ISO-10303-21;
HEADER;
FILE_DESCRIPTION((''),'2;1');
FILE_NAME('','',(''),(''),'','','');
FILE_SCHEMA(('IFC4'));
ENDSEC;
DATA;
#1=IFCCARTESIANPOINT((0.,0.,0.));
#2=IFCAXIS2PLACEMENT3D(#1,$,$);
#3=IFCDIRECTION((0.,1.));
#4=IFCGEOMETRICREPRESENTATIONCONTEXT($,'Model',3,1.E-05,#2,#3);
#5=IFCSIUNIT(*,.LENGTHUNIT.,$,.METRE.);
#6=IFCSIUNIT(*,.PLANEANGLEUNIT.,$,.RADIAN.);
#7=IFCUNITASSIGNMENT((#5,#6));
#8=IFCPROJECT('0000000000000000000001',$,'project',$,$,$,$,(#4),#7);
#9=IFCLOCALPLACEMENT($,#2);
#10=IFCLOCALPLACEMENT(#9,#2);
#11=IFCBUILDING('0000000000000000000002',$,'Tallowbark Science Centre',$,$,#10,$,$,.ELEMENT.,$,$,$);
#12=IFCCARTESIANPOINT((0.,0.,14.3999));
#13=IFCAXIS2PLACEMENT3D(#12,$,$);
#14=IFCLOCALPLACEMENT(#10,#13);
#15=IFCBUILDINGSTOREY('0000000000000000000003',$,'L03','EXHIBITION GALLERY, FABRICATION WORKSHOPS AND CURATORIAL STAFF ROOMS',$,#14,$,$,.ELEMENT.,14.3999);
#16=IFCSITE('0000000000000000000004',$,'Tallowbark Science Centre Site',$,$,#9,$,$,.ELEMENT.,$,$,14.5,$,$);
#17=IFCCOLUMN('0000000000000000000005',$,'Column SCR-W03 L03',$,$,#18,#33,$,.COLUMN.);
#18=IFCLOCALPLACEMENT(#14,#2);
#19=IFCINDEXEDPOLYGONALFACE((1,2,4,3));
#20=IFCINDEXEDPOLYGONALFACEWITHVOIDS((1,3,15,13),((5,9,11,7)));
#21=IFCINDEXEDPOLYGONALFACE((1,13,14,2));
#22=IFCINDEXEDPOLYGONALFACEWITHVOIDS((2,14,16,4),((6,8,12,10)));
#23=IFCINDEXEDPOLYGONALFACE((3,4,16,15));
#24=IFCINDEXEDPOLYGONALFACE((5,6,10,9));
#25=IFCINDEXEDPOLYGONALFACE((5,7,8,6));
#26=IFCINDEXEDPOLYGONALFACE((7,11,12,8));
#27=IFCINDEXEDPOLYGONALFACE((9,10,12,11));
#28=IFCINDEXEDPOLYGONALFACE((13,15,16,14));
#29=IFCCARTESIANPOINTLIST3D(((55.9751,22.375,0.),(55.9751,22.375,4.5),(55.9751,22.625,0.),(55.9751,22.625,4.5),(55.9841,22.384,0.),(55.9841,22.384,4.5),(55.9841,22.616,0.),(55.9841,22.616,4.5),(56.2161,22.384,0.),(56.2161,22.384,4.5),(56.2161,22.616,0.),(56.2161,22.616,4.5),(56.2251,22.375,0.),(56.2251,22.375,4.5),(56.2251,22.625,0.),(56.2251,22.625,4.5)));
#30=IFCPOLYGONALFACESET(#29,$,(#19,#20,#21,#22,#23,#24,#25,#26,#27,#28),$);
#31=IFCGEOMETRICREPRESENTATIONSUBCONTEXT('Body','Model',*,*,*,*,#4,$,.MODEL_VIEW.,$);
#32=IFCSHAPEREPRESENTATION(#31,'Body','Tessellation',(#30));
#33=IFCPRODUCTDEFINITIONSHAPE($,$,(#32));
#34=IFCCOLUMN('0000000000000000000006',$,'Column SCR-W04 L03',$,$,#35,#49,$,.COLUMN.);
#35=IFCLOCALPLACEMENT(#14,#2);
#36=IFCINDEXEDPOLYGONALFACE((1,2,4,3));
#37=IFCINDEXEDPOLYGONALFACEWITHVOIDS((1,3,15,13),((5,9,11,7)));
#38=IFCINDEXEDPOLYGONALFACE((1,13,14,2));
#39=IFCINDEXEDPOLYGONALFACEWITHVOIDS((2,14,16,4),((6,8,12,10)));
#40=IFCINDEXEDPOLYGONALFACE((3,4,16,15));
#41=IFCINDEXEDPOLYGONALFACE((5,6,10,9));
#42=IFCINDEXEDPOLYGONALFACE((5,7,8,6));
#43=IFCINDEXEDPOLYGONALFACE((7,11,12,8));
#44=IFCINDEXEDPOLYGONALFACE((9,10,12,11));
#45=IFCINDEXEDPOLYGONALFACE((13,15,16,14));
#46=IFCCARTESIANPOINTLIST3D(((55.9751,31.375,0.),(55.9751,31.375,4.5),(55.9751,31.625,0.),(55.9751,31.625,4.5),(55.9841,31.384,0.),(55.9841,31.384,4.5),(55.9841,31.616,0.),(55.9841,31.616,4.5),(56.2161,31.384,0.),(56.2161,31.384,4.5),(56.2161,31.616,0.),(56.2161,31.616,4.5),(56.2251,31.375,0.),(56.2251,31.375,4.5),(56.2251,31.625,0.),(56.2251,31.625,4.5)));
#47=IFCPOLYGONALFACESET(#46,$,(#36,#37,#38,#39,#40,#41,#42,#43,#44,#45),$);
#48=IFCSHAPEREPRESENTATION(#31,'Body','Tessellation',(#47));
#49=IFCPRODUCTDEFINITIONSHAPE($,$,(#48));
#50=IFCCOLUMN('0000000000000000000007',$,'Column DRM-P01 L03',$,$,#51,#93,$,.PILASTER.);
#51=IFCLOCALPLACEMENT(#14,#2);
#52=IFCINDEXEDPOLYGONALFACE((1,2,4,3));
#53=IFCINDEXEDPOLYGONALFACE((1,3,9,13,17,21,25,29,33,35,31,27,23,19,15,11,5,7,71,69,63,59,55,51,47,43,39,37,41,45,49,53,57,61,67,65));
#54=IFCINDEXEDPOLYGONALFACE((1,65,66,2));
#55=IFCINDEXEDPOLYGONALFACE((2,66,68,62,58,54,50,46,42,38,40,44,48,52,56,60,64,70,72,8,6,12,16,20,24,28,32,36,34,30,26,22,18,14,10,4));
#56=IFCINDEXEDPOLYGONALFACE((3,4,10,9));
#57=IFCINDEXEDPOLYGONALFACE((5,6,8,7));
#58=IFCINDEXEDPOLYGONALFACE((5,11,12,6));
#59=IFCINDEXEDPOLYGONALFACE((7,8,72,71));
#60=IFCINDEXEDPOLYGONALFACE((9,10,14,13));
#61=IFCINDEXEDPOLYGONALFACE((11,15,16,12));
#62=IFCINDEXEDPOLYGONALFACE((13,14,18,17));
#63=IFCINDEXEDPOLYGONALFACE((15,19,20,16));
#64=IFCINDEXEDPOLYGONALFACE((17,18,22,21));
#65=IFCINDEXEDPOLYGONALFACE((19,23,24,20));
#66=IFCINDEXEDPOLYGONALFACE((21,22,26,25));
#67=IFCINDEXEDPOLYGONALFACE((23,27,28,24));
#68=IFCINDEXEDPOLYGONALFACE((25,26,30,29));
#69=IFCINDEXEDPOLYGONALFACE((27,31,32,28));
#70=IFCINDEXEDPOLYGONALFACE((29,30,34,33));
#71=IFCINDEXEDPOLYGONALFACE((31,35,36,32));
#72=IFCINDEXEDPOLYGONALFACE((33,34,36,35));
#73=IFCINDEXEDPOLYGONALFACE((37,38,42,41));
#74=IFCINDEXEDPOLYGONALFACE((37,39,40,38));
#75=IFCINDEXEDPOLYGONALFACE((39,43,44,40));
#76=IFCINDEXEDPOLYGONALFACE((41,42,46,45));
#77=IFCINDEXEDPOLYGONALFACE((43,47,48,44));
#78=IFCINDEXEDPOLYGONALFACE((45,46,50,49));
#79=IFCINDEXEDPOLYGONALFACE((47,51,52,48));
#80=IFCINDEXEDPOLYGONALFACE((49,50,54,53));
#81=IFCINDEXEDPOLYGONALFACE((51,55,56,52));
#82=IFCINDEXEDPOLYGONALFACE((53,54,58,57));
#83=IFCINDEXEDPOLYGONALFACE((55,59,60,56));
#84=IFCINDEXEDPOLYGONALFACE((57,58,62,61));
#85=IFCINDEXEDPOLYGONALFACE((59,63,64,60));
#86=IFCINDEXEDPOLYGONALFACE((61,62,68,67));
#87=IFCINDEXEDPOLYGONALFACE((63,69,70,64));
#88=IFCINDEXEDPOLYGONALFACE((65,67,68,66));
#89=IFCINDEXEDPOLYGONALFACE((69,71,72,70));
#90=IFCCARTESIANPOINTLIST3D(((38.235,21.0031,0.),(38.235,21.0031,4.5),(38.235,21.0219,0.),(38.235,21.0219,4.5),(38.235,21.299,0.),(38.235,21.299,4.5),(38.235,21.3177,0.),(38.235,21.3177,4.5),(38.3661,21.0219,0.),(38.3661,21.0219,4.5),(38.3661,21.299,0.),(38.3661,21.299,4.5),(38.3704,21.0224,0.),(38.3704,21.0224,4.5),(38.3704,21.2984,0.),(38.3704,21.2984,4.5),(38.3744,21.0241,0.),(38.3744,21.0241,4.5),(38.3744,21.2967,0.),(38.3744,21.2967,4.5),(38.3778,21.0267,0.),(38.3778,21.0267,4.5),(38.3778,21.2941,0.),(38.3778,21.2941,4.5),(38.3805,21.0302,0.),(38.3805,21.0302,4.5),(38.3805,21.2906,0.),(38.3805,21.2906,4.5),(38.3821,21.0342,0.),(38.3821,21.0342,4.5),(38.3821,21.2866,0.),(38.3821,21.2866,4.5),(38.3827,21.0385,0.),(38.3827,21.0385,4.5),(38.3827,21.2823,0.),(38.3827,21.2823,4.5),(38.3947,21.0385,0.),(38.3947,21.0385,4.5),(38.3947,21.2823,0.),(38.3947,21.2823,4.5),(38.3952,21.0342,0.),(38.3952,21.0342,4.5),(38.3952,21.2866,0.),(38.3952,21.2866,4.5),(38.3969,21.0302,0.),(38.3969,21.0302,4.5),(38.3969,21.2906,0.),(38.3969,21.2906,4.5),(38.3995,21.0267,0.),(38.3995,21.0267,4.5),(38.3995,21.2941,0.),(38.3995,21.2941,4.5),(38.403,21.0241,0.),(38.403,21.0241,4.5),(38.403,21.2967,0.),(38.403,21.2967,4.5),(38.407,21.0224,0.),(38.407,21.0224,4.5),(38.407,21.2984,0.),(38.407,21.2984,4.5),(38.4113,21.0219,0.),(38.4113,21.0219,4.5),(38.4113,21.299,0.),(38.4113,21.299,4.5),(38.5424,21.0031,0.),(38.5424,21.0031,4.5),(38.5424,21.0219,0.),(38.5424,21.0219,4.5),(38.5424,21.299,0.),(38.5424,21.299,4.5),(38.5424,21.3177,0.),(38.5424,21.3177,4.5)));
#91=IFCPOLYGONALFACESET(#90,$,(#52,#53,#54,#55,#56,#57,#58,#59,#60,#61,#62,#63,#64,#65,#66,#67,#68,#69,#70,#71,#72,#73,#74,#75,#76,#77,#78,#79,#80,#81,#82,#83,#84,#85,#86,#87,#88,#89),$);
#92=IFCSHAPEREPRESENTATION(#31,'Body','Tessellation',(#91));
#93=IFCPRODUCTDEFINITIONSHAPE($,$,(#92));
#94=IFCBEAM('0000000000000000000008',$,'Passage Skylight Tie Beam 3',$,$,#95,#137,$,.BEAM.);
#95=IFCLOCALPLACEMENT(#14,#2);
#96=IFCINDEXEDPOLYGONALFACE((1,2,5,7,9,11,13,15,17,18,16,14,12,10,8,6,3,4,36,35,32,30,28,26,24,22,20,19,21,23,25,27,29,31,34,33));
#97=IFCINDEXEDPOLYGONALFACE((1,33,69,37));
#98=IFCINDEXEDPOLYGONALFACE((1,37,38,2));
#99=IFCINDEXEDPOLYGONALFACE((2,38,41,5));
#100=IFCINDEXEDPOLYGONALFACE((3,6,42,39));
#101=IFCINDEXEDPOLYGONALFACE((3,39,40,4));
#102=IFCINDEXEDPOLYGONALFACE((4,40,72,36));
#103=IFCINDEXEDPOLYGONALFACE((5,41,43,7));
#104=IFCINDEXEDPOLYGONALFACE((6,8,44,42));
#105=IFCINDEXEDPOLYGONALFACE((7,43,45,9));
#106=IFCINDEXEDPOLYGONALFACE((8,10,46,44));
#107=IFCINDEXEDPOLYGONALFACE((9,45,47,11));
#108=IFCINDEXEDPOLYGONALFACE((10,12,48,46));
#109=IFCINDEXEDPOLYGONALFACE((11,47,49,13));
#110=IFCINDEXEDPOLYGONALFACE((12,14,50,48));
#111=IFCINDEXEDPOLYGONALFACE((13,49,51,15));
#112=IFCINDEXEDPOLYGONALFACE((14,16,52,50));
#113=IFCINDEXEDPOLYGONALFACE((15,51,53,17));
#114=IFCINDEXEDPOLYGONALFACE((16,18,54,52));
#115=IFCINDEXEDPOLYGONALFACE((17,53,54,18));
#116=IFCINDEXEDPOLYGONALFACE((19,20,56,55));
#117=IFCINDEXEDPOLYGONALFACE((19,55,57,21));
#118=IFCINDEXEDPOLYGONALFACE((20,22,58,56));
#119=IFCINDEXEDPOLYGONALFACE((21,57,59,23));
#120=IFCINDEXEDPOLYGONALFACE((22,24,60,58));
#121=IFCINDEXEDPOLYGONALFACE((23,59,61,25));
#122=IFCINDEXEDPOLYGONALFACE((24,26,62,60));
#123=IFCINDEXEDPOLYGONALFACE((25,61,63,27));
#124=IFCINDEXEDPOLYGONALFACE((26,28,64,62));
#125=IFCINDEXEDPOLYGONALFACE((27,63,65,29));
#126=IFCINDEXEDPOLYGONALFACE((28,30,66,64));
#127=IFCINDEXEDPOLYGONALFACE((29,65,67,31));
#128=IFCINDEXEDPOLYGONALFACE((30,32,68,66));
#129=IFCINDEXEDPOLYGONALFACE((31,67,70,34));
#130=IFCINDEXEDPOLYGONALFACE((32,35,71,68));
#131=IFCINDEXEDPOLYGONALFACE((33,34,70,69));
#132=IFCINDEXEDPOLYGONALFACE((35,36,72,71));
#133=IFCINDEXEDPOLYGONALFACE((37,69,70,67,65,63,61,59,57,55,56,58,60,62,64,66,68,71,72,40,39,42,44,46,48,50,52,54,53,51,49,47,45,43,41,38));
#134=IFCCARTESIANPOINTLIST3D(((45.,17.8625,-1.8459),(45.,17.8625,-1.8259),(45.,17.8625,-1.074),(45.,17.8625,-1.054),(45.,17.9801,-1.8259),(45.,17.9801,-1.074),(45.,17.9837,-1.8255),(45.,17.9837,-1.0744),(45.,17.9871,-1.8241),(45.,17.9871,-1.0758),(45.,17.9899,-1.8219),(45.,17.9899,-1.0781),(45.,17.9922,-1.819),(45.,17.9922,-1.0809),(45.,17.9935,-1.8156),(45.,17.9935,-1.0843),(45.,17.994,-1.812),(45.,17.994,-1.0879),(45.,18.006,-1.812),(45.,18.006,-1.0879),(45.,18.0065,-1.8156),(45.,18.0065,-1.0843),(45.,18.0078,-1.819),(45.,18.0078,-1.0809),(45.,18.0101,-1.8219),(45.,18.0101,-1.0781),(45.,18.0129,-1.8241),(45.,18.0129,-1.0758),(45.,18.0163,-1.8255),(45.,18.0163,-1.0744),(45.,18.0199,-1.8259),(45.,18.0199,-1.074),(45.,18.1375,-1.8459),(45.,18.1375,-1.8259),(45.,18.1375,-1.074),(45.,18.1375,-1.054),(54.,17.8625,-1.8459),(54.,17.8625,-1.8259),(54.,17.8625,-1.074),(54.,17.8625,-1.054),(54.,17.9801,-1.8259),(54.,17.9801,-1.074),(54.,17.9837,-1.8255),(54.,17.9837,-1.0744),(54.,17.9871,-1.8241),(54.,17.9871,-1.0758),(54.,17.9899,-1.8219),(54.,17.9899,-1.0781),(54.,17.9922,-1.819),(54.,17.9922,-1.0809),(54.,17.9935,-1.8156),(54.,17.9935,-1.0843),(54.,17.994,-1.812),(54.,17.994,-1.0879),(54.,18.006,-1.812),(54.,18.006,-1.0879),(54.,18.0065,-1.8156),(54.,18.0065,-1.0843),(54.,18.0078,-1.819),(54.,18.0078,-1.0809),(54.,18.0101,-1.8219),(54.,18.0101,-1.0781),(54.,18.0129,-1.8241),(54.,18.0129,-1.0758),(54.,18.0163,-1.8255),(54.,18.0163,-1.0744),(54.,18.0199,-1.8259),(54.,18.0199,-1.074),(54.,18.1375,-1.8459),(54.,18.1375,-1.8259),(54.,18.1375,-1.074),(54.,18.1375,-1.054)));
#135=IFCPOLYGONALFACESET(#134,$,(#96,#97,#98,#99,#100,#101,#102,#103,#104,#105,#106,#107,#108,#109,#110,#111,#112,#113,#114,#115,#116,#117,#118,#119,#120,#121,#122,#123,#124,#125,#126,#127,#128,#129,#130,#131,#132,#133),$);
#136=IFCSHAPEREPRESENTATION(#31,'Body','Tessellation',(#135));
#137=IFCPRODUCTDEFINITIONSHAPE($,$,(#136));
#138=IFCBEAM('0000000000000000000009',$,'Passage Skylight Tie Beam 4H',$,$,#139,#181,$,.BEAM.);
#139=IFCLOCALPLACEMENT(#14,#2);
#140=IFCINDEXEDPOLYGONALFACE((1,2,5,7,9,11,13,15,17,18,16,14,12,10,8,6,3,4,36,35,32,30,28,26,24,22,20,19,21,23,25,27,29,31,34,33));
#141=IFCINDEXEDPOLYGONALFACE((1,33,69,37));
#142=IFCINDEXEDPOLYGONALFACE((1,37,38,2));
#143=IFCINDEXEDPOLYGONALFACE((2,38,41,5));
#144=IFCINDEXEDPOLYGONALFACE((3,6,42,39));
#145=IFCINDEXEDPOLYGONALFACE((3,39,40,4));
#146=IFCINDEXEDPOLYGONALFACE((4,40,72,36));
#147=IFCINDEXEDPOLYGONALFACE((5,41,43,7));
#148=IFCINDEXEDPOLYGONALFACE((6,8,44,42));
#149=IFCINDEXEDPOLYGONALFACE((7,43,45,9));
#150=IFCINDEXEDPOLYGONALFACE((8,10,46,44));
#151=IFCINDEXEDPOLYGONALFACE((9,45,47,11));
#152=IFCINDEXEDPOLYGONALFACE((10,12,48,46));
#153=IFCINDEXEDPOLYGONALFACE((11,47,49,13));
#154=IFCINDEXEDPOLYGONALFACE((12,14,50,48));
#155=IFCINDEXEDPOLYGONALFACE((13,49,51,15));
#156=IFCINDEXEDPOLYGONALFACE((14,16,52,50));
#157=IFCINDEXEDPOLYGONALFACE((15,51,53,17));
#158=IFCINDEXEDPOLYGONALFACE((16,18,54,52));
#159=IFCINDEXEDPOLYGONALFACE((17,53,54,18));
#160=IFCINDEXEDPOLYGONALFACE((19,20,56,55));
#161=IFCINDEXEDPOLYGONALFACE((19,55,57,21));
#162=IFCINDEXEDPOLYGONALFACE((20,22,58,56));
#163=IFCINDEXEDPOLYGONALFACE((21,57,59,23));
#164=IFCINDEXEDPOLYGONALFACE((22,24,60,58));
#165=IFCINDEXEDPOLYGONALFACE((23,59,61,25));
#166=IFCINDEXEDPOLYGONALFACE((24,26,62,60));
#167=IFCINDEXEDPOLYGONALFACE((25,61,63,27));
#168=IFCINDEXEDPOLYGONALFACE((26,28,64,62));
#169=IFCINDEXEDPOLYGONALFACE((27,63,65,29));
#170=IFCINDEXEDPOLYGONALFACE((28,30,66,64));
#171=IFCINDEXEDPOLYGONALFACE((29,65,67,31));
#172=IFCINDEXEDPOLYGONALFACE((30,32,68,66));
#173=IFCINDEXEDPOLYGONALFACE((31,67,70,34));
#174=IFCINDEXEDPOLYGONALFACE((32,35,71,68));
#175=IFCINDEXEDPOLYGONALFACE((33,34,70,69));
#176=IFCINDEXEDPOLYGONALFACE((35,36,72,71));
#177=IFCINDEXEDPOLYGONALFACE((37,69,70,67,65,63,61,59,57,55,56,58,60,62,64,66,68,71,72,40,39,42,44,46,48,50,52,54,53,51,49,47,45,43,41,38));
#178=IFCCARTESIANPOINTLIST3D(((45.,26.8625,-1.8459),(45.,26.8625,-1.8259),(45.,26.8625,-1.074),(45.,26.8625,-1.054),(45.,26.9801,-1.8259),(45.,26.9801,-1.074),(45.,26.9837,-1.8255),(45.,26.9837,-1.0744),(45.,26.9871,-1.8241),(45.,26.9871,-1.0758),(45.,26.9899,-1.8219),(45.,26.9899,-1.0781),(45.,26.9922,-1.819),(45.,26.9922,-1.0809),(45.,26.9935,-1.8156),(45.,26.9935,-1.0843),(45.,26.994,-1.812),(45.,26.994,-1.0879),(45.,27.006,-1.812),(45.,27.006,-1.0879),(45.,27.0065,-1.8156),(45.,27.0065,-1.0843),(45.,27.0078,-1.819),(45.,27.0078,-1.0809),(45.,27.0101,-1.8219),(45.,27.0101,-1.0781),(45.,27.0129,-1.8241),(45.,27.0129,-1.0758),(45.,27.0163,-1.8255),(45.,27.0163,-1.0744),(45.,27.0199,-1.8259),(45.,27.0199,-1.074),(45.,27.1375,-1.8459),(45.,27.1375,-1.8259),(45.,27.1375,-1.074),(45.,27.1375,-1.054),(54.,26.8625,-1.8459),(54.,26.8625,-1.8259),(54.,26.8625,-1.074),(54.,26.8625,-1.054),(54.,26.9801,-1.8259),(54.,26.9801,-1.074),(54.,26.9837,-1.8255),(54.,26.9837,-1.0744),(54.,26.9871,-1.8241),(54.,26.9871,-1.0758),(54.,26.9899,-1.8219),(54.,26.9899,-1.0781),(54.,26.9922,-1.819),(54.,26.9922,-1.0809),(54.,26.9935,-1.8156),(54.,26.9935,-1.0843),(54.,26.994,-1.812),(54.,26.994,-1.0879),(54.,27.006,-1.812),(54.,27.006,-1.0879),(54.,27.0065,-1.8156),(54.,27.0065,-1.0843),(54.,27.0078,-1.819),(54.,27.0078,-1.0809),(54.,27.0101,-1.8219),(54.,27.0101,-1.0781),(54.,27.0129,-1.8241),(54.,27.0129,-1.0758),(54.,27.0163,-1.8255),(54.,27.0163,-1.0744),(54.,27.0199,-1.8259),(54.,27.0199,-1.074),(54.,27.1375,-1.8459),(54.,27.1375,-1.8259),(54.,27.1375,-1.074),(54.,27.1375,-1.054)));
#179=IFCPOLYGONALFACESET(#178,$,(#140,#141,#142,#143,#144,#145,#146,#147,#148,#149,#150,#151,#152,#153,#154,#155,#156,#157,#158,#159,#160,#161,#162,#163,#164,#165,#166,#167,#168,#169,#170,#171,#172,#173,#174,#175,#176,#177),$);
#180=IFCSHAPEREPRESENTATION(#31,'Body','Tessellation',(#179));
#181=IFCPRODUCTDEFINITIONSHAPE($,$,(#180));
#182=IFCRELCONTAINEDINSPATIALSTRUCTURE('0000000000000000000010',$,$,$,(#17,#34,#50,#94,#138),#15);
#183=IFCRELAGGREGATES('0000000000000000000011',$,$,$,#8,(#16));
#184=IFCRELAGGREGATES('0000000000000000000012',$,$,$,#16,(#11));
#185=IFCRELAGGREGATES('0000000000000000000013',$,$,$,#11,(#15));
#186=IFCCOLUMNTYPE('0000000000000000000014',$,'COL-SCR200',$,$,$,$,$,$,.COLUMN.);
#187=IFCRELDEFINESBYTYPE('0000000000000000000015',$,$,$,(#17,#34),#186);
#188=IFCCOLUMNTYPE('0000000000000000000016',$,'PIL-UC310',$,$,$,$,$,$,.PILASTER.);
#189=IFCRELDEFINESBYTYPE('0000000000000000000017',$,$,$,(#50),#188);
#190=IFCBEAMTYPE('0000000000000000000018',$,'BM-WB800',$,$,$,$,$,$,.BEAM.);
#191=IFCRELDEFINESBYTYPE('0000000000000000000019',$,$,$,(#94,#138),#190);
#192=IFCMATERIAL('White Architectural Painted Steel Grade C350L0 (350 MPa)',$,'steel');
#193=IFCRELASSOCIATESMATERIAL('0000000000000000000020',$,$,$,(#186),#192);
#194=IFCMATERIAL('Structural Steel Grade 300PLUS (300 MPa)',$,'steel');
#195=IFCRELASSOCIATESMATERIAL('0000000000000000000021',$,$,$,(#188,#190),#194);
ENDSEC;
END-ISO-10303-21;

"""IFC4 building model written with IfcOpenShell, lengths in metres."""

from ifc_helpers import new_model, si_unit, direction, frame, origin, origin_2d, place, context, subcontext, project, spatial, hollow_rectangle, i_section, extrude, material, material_profile, profile_set, type_object, element, save


model = new_model("IFC4")

# Units and contexts
model_context = context("Model", 3, precision=1e-05, world=origin(), true_north=direction((0.0, 1.0)))
body_context = subcontext(model_context, "Body", "Model", "MODEL_VIEW")
ifc_project = project(units=[si_unit("LENGTHUNIT", "METRE"), si_unit("PLANEANGLEUNIT", "RADIAN")], contexts=[model_context])

# Site, building, storey
site_placement = place(None, origin())
site = spatial("IfcSite", under=ifc_project, at=site_placement, Name="Tallowbark Science Centre Site", CompositionType="ELEMENT", RefElevation=14.5)
building_placement = place(site_placement, origin())
building = spatial("IfcBuilding", under=site, at=building_placement, Name="Tallowbark Science Centre", CompositionType="ELEMENT")
storey_placement = place(building_placement, frame((0.0, 0.0, 14.3999)))
storey = spatial("IfcBuildingStorey", under=building, at=storey_placement, Name="L03", Description="EXHIBITION GALLERY, FABRICATION WORKSHOPS AND CURATORIAL STAFF ROOMS", CompositionType="ELEMENT", Elevation=14.3999)

# Columns
ifc_material_1 = material(Name="White Architectural Painted Steel Grade C350L0 (350 MPa)", Category="steel")
ifc_material_profile_1 = material_profile(ifc_material_1, hollow_rectangle(XDim=0.25, YDim=0.25, WallThickness=0.009, at=origin_2d()), Name="250x250x9.0SHS")
ifc_profile_set_1 = profile_set([ifc_material_profile_1], Name="White Architectural Painted Steel Grade C350L0 (350 MPa)")
column_type_1 = type_object("IfcColumnType", Name="COL-SCR200", PredefinedType="COLUMN", material=ifc_profile_set_1)
for number, where, z_axis, x_axis, name in (
    (1, (56.1001, 22.5, 0.0), (0.0, 0.0, 1.0), (1.0, 0.0, 0.0), "Column SCR-W03 L03"),
    (2, (56.1001, 31.5, 0.0), (0.0, 0.0, 1.0), (1.0, 0.0, 0.0), "Column SCR-W04 L03"),
):
    element("IfcColumn", number, at=place(storey_placement, frame(where, z_axis=z_axis, x_axis=x_axis)), inside=storey, type_object=column_type_1, Name=name, PredefinedType="COLUMN", context=body_context, shape_type="SweptSolid", body=[
        extrude(hollow_rectangle(XDim=0.25, YDim=0.25, WallThickness=0.009, at=origin_2d()), origin(), (0.0, 0.0, 1.0), 4.5),
    ])
ifc_material_2 = material(Name="Structural Steel Grade 300PLUS (300 MPa)", Category="steel")
ifc_material_profile_2 = material_profile(ifc_material_2, i_section(OverallWidth=0.3074, OverallDepth=0.3147, WebThickness=0.012, FlangeThickness=0.0188, FilletRadius=0.0166, at=origin_2d()), Name="310UC118")
ifc_profile_set_2 = profile_set([ifc_material_profile_2], Name="Structural Steel Grade 300PLUS (300 MPa)")
column_type_2 = type_object("IfcColumnType", Name="PIL-UC310", PredefinedType="PILASTER", material=ifc_profile_set_2)
column_placement = place(storey_placement, frame((38.3887, 21.1604, 0.0), z_axis=(0.0, 0.0, 1.0), x_axis=(1.0, 0.0, 0.0)))
element("IfcColumn", 3, at=column_placement, inside=storey, type_object=column_type_2, Name="Column DRM-P01 L03", PredefinedType="PILASTER", context=body_context, shape_type="SweptSolid", body=[
    extrude(i_section(OverallWidth=0.3074, OverallDepth=0.3147, WebThickness=0.012, FlangeThickness=0.0188, FilletRadius=0.0166, at=origin_2d()), origin(), (0.0, 0.0, 1.0), 4.5),
])

# Beams
ifc_material_profile_3 = material_profile(ifc_material_2, i_section(OverallWidth=0.2749, OverallDepth=0.792, WebThickness=0.012, FlangeThickness=0.02, FilletRadius=0.0139, at=origin_2d()), Name="800WB146")
ifc_profile_set_3 = profile_set([ifc_material_profile_3], Name="Structural Steel Grade 300PLUS (300 MPa)")
beam_type_1 = type_object("IfcBeamType", Name="BM-WB800", PredefinedType="BEAM", material=ifc_profile_set_3)
for number, where, z_axis, x_axis, name in (
    (4, (45.0, 18.0, -1.45), (1.0, 0.0, 0.0), (0.0, 1.0, 0.0), "Passage Skylight Tie Beam 3"),
    (5, (45.0, 27.0, -1.45), (1.0, 0.0, 0.0), (0.0, 1.0, 0.0), "Passage Skylight Tie Beam 4H"),
):
    element("IfcBeam", number, at=place(storey_placement, frame(where, z_axis=z_axis, x_axis=x_axis)), inside=storey, type_object=beam_type_1, Name=name, PredefinedType="BEAM", context=body_context, shape_type="SweptSolid", body=[
        extrude(i_section(OverallWidth=0.2749, OverallDepth=0.792, WebThickness=0.012, FlangeThickness=0.02, FilletRadius=0.0139, at=origin_2d()), origin(), (0.0, 0.0, 1.0), 9.0),
    ])

save(model, "model.ifc")
